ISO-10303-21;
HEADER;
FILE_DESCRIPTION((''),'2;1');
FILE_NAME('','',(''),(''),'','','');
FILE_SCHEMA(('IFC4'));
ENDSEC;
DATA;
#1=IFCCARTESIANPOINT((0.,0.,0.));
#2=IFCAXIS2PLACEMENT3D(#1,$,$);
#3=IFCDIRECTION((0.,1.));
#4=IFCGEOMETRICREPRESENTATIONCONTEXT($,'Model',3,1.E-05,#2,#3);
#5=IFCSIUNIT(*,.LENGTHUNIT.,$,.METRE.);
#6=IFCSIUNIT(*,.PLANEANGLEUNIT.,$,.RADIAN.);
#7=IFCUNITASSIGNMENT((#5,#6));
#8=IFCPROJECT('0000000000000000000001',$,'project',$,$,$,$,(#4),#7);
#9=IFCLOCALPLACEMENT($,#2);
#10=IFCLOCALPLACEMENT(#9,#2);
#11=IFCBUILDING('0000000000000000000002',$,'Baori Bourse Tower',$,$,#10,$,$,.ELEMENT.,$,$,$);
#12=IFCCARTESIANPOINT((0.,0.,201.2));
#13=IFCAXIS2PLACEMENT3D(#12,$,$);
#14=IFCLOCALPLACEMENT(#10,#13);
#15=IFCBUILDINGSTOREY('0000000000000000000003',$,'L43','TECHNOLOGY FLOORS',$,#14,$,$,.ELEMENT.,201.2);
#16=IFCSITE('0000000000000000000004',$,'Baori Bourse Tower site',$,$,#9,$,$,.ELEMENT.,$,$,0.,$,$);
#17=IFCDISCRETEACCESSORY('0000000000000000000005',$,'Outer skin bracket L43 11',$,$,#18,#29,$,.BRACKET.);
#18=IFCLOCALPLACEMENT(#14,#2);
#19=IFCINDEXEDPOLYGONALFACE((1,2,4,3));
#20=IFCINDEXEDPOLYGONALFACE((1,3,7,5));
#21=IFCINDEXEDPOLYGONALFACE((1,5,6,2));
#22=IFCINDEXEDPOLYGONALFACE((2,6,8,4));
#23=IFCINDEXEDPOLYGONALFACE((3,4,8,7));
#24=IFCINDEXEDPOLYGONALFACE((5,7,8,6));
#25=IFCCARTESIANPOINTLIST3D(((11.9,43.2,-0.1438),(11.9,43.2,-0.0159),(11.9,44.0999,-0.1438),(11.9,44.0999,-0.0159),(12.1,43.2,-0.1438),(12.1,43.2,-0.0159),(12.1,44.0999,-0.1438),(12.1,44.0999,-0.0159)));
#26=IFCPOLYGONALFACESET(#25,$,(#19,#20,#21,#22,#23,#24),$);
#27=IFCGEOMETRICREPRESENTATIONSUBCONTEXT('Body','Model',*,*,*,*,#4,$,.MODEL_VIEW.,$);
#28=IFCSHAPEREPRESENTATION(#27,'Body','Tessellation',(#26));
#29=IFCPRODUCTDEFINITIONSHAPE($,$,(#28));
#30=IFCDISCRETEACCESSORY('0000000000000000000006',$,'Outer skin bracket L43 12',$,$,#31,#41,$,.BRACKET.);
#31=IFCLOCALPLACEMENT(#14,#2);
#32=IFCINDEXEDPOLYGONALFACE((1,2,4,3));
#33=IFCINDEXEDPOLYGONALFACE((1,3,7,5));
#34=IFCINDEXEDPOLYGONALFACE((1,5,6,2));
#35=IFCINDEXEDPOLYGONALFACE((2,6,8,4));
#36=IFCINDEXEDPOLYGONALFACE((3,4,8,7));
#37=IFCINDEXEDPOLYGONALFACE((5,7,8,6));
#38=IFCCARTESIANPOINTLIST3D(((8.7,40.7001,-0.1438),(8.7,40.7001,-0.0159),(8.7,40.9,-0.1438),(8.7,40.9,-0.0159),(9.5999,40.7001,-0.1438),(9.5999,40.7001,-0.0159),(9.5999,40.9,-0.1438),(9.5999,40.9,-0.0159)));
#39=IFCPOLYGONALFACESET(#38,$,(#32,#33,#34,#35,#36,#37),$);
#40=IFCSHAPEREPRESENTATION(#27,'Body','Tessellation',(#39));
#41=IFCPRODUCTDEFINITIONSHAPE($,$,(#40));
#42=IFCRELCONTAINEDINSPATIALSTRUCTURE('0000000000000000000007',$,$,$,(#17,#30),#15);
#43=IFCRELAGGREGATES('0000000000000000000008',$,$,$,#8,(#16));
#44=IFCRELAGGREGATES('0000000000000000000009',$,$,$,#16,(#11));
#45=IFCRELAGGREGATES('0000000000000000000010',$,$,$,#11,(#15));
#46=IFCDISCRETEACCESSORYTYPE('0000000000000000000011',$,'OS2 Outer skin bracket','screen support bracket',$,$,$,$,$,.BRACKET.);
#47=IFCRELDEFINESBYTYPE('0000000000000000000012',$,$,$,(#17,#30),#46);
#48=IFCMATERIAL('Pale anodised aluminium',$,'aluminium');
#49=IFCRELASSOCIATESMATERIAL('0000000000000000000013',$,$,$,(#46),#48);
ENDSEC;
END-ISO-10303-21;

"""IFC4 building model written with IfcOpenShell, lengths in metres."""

from ifc_helpers import new_model, si_unit, direction, frame, origin, origin_2d, place, context, subcontext, project, spatial, rectangle, extrude, material, type_object, element, save


model = new_model("IFC4")

# Units and contexts
model_context = context("Model", 3, precision=1e-05, world=origin(), true_north=direction((0.0, 1.0)))
body_context = subcontext(model_context, "Body", "Model", "MODEL_VIEW")
ifc_project = project(units=[si_unit("LENGTHUNIT", "METRE"), si_unit("PLANEANGLEUNIT", "RADIAN")], contexts=[model_context])

# Site, building, storey
site_placement = place(None, origin())
site = spatial("IfcSite", under=ifc_project, at=site_placement, Name="Baori Bourse Tower site", CompositionType="ELEMENT", RefElevation=0.0)
building_placement = place(site_placement, origin())
building = spatial("IfcBuilding", under=site, at=building_placement, Name="Baori Bourse Tower", CompositionType="ELEMENT")
storey_placement = place(building_placement, frame((0.0, 0.0, 201.2)))
storey = spatial("IfcBuildingStorey", under=building, at=storey_placement, Name="L43", Description="TECHNOLOGY FLOORS", CompositionType="ELEMENT", Elevation=201.2)

# Discrete accessories
ifc_material_1 = material(Name="Pale anodised aluminium", Category="aluminium")
discrete_accessory_type = type_object("IfcDiscreteAccessoryType", Name="OS2 Outer skin bracket", Description="screen support bracket", PredefinedType="BRACKET", material=ifc_material_1)
for number, where, z_axis, x_axis, name in (
    (1, (12.0, 43.6499, -0.1438), (0.0, 0.0, 1.0), (-1.0, 0.0, 0.0), "Outer skin bracket L43 11"),
    (2, (9.1499, 40.8, -0.1438), (0.0, 0.0, 1.0), (0.0, -1.0, 0.0), "Outer skin bracket L43 12"),
):
    element("IfcDiscreteAccessory", number, at=place(storey_placement, frame(where, z_axis=z_axis, x_axis=x_axis)), inside=storey, type_object=discrete_accessory_type, Name=name, PredefinedType="BRACKET", context=body_context, shape_type="SweptSolid", body=[
        extrude(rectangle(XDim=0.2, YDim=0.8999, at=origin_2d()), origin(), (0.0, 0.0, 1.0), 0.1279),
    ])

save(model, "model.ifc")
